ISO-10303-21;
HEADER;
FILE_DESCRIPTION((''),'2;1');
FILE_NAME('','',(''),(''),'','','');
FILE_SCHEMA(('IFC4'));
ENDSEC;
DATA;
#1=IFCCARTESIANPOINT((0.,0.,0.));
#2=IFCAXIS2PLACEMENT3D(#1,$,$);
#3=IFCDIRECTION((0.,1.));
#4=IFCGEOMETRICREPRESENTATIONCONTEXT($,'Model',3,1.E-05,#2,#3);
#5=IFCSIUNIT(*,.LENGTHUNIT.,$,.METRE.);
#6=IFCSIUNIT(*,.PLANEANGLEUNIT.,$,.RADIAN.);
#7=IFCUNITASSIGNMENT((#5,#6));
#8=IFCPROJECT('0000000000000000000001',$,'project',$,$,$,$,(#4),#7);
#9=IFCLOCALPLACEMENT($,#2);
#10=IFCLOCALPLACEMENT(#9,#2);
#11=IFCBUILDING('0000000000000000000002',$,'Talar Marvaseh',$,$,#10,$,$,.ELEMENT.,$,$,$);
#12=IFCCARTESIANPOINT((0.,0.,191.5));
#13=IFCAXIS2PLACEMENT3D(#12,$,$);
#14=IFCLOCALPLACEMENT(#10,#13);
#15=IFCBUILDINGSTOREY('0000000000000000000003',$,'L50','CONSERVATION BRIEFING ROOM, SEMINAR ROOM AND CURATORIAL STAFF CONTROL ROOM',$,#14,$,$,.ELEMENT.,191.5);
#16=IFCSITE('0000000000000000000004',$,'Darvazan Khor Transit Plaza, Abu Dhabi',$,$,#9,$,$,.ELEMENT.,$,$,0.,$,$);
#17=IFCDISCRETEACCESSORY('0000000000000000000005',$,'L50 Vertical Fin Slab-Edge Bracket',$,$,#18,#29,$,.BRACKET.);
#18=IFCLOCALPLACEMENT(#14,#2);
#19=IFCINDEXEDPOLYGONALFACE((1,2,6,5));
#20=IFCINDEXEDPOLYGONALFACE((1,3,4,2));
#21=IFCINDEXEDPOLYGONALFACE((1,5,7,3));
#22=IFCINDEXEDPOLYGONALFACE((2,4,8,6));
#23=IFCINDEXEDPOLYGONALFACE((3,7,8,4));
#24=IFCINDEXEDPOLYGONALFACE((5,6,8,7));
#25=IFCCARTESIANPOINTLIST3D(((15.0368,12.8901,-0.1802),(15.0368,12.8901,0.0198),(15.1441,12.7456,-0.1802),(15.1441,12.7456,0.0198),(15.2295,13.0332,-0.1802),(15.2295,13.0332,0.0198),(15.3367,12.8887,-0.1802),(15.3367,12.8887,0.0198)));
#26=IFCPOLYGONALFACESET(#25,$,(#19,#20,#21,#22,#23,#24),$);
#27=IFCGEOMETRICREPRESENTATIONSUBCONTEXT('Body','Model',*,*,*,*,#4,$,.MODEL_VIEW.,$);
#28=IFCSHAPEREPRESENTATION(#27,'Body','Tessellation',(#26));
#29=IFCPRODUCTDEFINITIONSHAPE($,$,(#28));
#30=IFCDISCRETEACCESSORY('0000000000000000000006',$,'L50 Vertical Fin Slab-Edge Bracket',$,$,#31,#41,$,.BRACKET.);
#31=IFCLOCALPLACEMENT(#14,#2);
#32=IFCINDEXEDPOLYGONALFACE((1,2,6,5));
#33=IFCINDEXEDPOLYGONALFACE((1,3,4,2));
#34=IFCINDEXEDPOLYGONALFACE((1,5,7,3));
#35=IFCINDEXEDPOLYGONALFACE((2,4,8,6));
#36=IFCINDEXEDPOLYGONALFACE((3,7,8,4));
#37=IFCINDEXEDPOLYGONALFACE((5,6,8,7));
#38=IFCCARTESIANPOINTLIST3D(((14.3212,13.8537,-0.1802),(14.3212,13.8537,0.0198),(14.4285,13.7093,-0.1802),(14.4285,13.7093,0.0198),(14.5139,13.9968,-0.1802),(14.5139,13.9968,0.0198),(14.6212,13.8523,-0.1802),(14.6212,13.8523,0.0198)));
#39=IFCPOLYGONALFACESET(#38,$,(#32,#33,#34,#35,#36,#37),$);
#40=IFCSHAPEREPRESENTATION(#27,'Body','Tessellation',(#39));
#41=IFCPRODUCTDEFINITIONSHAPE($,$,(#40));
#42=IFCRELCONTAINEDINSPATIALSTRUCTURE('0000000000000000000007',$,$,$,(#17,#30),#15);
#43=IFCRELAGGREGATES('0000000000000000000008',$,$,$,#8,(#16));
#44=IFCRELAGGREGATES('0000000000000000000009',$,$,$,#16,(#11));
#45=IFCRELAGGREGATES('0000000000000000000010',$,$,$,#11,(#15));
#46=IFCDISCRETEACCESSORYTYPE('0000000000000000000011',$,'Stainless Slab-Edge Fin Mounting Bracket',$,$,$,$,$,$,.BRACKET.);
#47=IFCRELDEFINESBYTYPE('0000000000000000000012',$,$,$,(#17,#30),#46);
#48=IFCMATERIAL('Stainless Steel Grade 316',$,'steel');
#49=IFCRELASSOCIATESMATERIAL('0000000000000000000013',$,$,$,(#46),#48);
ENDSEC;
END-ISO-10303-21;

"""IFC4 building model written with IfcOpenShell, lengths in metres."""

from ifc_helpers import new_model, si_unit, direction, frame, origin, origin_2d, place, context, subcontext, project, spatial, rectangle, extrude, source, transform, mapped, material, type_object, type_shapes, element, save


model = new_model("IFC4")

# Units and contexts
model_context = context("Model", 3, precision=1e-05, world=origin(), true_north=direction((0.0, 1.0)))
body_context = subcontext(model_context, "Body", "Model", "MODEL_VIEW")
ifc_project = project(units=[si_unit("LENGTHUNIT", "METRE"), si_unit("PLANEANGLEUNIT", "RADIAN")], contexts=[model_context])

# Site, building, storey
site_placement = place(None, origin())
site = spatial("IfcSite", under=ifc_project, at=site_placement, Name="Darvazan Khor Transit Plaza, Abu Dhabi", CompositionType="ELEMENT", RefElevation=0.0)
building_placement = place(site_placement, origin())
building = spatial("IfcBuilding", under=site, at=building_placement, Name="Talar Marvaseh", CompositionType="ELEMENT")
storey_placement = place(building_placement, frame((0.0, 0.0, 191.5)))
storey = spatial("IfcBuildingStorey", under=building, at=storey_placement, Name="L50", Description="CONSERVATION BRIEFING ROOM, SEMINAR ROOM AND CURATORIAL STAFF CONTROL ROOM", CompositionType="ELEMENT", Elevation=191.5)

# Discrete accessories
ifc_material_1 = material(Name="Stainless Steel Grade 316", Category="steel")
discrete_accessory_type = type_object("IfcDiscreteAccessoryType", Name="Stainless Slab-Edge Fin Mounting Bracket", PredefinedType="BRACKET", material=ifc_material_1)
shared_shape_1 = source(origin(), body_context, "Body", "SweptSolid", [
    extrude(rectangle(XDim=0.24, YDim=0.1799, at=origin_2d()), origin(), (0.0, 0.0, 1.0), 0.2),
])
type_shapes(discrete_accessory_type, [shared_shape_1])
for number, where, z_axis, x_axis, name in (
    (1, (15.1868, 12.8894, -0.1802), (0.0, 0.0, 1.0), (-0.802817, -0.596225, 0.0), "L50 Vertical Fin Slab-Edge Bracket"),
    (2, (14.4712, 13.853, -0.1802), (0.0, 0.0, 1.0), (-0.802817, -0.596225, 0.0), "L50 Vertical Fin Slab-Edge Bracket"),
):
    element("IfcDiscreteAccessory", number, at=place(storey_placement, frame(where, z_axis=z_axis, x_axis=x_axis)), inside=storey, type_object=discrete_accessory_type, Name=name, PredefinedType="BRACKET", context=body_context, shape_type="MappedRepresentation", body=[
        mapped(shared_shape_1, transform((0.0, 0.0, 0.0), x_axis=(1.0, 0.0, 0.0), y_axis=(0.0, 1.0, 0.0), z_axis=(0.0, 0.0, 1.0), scale=1.0)),
    ])

save(model, "model.ifc")
